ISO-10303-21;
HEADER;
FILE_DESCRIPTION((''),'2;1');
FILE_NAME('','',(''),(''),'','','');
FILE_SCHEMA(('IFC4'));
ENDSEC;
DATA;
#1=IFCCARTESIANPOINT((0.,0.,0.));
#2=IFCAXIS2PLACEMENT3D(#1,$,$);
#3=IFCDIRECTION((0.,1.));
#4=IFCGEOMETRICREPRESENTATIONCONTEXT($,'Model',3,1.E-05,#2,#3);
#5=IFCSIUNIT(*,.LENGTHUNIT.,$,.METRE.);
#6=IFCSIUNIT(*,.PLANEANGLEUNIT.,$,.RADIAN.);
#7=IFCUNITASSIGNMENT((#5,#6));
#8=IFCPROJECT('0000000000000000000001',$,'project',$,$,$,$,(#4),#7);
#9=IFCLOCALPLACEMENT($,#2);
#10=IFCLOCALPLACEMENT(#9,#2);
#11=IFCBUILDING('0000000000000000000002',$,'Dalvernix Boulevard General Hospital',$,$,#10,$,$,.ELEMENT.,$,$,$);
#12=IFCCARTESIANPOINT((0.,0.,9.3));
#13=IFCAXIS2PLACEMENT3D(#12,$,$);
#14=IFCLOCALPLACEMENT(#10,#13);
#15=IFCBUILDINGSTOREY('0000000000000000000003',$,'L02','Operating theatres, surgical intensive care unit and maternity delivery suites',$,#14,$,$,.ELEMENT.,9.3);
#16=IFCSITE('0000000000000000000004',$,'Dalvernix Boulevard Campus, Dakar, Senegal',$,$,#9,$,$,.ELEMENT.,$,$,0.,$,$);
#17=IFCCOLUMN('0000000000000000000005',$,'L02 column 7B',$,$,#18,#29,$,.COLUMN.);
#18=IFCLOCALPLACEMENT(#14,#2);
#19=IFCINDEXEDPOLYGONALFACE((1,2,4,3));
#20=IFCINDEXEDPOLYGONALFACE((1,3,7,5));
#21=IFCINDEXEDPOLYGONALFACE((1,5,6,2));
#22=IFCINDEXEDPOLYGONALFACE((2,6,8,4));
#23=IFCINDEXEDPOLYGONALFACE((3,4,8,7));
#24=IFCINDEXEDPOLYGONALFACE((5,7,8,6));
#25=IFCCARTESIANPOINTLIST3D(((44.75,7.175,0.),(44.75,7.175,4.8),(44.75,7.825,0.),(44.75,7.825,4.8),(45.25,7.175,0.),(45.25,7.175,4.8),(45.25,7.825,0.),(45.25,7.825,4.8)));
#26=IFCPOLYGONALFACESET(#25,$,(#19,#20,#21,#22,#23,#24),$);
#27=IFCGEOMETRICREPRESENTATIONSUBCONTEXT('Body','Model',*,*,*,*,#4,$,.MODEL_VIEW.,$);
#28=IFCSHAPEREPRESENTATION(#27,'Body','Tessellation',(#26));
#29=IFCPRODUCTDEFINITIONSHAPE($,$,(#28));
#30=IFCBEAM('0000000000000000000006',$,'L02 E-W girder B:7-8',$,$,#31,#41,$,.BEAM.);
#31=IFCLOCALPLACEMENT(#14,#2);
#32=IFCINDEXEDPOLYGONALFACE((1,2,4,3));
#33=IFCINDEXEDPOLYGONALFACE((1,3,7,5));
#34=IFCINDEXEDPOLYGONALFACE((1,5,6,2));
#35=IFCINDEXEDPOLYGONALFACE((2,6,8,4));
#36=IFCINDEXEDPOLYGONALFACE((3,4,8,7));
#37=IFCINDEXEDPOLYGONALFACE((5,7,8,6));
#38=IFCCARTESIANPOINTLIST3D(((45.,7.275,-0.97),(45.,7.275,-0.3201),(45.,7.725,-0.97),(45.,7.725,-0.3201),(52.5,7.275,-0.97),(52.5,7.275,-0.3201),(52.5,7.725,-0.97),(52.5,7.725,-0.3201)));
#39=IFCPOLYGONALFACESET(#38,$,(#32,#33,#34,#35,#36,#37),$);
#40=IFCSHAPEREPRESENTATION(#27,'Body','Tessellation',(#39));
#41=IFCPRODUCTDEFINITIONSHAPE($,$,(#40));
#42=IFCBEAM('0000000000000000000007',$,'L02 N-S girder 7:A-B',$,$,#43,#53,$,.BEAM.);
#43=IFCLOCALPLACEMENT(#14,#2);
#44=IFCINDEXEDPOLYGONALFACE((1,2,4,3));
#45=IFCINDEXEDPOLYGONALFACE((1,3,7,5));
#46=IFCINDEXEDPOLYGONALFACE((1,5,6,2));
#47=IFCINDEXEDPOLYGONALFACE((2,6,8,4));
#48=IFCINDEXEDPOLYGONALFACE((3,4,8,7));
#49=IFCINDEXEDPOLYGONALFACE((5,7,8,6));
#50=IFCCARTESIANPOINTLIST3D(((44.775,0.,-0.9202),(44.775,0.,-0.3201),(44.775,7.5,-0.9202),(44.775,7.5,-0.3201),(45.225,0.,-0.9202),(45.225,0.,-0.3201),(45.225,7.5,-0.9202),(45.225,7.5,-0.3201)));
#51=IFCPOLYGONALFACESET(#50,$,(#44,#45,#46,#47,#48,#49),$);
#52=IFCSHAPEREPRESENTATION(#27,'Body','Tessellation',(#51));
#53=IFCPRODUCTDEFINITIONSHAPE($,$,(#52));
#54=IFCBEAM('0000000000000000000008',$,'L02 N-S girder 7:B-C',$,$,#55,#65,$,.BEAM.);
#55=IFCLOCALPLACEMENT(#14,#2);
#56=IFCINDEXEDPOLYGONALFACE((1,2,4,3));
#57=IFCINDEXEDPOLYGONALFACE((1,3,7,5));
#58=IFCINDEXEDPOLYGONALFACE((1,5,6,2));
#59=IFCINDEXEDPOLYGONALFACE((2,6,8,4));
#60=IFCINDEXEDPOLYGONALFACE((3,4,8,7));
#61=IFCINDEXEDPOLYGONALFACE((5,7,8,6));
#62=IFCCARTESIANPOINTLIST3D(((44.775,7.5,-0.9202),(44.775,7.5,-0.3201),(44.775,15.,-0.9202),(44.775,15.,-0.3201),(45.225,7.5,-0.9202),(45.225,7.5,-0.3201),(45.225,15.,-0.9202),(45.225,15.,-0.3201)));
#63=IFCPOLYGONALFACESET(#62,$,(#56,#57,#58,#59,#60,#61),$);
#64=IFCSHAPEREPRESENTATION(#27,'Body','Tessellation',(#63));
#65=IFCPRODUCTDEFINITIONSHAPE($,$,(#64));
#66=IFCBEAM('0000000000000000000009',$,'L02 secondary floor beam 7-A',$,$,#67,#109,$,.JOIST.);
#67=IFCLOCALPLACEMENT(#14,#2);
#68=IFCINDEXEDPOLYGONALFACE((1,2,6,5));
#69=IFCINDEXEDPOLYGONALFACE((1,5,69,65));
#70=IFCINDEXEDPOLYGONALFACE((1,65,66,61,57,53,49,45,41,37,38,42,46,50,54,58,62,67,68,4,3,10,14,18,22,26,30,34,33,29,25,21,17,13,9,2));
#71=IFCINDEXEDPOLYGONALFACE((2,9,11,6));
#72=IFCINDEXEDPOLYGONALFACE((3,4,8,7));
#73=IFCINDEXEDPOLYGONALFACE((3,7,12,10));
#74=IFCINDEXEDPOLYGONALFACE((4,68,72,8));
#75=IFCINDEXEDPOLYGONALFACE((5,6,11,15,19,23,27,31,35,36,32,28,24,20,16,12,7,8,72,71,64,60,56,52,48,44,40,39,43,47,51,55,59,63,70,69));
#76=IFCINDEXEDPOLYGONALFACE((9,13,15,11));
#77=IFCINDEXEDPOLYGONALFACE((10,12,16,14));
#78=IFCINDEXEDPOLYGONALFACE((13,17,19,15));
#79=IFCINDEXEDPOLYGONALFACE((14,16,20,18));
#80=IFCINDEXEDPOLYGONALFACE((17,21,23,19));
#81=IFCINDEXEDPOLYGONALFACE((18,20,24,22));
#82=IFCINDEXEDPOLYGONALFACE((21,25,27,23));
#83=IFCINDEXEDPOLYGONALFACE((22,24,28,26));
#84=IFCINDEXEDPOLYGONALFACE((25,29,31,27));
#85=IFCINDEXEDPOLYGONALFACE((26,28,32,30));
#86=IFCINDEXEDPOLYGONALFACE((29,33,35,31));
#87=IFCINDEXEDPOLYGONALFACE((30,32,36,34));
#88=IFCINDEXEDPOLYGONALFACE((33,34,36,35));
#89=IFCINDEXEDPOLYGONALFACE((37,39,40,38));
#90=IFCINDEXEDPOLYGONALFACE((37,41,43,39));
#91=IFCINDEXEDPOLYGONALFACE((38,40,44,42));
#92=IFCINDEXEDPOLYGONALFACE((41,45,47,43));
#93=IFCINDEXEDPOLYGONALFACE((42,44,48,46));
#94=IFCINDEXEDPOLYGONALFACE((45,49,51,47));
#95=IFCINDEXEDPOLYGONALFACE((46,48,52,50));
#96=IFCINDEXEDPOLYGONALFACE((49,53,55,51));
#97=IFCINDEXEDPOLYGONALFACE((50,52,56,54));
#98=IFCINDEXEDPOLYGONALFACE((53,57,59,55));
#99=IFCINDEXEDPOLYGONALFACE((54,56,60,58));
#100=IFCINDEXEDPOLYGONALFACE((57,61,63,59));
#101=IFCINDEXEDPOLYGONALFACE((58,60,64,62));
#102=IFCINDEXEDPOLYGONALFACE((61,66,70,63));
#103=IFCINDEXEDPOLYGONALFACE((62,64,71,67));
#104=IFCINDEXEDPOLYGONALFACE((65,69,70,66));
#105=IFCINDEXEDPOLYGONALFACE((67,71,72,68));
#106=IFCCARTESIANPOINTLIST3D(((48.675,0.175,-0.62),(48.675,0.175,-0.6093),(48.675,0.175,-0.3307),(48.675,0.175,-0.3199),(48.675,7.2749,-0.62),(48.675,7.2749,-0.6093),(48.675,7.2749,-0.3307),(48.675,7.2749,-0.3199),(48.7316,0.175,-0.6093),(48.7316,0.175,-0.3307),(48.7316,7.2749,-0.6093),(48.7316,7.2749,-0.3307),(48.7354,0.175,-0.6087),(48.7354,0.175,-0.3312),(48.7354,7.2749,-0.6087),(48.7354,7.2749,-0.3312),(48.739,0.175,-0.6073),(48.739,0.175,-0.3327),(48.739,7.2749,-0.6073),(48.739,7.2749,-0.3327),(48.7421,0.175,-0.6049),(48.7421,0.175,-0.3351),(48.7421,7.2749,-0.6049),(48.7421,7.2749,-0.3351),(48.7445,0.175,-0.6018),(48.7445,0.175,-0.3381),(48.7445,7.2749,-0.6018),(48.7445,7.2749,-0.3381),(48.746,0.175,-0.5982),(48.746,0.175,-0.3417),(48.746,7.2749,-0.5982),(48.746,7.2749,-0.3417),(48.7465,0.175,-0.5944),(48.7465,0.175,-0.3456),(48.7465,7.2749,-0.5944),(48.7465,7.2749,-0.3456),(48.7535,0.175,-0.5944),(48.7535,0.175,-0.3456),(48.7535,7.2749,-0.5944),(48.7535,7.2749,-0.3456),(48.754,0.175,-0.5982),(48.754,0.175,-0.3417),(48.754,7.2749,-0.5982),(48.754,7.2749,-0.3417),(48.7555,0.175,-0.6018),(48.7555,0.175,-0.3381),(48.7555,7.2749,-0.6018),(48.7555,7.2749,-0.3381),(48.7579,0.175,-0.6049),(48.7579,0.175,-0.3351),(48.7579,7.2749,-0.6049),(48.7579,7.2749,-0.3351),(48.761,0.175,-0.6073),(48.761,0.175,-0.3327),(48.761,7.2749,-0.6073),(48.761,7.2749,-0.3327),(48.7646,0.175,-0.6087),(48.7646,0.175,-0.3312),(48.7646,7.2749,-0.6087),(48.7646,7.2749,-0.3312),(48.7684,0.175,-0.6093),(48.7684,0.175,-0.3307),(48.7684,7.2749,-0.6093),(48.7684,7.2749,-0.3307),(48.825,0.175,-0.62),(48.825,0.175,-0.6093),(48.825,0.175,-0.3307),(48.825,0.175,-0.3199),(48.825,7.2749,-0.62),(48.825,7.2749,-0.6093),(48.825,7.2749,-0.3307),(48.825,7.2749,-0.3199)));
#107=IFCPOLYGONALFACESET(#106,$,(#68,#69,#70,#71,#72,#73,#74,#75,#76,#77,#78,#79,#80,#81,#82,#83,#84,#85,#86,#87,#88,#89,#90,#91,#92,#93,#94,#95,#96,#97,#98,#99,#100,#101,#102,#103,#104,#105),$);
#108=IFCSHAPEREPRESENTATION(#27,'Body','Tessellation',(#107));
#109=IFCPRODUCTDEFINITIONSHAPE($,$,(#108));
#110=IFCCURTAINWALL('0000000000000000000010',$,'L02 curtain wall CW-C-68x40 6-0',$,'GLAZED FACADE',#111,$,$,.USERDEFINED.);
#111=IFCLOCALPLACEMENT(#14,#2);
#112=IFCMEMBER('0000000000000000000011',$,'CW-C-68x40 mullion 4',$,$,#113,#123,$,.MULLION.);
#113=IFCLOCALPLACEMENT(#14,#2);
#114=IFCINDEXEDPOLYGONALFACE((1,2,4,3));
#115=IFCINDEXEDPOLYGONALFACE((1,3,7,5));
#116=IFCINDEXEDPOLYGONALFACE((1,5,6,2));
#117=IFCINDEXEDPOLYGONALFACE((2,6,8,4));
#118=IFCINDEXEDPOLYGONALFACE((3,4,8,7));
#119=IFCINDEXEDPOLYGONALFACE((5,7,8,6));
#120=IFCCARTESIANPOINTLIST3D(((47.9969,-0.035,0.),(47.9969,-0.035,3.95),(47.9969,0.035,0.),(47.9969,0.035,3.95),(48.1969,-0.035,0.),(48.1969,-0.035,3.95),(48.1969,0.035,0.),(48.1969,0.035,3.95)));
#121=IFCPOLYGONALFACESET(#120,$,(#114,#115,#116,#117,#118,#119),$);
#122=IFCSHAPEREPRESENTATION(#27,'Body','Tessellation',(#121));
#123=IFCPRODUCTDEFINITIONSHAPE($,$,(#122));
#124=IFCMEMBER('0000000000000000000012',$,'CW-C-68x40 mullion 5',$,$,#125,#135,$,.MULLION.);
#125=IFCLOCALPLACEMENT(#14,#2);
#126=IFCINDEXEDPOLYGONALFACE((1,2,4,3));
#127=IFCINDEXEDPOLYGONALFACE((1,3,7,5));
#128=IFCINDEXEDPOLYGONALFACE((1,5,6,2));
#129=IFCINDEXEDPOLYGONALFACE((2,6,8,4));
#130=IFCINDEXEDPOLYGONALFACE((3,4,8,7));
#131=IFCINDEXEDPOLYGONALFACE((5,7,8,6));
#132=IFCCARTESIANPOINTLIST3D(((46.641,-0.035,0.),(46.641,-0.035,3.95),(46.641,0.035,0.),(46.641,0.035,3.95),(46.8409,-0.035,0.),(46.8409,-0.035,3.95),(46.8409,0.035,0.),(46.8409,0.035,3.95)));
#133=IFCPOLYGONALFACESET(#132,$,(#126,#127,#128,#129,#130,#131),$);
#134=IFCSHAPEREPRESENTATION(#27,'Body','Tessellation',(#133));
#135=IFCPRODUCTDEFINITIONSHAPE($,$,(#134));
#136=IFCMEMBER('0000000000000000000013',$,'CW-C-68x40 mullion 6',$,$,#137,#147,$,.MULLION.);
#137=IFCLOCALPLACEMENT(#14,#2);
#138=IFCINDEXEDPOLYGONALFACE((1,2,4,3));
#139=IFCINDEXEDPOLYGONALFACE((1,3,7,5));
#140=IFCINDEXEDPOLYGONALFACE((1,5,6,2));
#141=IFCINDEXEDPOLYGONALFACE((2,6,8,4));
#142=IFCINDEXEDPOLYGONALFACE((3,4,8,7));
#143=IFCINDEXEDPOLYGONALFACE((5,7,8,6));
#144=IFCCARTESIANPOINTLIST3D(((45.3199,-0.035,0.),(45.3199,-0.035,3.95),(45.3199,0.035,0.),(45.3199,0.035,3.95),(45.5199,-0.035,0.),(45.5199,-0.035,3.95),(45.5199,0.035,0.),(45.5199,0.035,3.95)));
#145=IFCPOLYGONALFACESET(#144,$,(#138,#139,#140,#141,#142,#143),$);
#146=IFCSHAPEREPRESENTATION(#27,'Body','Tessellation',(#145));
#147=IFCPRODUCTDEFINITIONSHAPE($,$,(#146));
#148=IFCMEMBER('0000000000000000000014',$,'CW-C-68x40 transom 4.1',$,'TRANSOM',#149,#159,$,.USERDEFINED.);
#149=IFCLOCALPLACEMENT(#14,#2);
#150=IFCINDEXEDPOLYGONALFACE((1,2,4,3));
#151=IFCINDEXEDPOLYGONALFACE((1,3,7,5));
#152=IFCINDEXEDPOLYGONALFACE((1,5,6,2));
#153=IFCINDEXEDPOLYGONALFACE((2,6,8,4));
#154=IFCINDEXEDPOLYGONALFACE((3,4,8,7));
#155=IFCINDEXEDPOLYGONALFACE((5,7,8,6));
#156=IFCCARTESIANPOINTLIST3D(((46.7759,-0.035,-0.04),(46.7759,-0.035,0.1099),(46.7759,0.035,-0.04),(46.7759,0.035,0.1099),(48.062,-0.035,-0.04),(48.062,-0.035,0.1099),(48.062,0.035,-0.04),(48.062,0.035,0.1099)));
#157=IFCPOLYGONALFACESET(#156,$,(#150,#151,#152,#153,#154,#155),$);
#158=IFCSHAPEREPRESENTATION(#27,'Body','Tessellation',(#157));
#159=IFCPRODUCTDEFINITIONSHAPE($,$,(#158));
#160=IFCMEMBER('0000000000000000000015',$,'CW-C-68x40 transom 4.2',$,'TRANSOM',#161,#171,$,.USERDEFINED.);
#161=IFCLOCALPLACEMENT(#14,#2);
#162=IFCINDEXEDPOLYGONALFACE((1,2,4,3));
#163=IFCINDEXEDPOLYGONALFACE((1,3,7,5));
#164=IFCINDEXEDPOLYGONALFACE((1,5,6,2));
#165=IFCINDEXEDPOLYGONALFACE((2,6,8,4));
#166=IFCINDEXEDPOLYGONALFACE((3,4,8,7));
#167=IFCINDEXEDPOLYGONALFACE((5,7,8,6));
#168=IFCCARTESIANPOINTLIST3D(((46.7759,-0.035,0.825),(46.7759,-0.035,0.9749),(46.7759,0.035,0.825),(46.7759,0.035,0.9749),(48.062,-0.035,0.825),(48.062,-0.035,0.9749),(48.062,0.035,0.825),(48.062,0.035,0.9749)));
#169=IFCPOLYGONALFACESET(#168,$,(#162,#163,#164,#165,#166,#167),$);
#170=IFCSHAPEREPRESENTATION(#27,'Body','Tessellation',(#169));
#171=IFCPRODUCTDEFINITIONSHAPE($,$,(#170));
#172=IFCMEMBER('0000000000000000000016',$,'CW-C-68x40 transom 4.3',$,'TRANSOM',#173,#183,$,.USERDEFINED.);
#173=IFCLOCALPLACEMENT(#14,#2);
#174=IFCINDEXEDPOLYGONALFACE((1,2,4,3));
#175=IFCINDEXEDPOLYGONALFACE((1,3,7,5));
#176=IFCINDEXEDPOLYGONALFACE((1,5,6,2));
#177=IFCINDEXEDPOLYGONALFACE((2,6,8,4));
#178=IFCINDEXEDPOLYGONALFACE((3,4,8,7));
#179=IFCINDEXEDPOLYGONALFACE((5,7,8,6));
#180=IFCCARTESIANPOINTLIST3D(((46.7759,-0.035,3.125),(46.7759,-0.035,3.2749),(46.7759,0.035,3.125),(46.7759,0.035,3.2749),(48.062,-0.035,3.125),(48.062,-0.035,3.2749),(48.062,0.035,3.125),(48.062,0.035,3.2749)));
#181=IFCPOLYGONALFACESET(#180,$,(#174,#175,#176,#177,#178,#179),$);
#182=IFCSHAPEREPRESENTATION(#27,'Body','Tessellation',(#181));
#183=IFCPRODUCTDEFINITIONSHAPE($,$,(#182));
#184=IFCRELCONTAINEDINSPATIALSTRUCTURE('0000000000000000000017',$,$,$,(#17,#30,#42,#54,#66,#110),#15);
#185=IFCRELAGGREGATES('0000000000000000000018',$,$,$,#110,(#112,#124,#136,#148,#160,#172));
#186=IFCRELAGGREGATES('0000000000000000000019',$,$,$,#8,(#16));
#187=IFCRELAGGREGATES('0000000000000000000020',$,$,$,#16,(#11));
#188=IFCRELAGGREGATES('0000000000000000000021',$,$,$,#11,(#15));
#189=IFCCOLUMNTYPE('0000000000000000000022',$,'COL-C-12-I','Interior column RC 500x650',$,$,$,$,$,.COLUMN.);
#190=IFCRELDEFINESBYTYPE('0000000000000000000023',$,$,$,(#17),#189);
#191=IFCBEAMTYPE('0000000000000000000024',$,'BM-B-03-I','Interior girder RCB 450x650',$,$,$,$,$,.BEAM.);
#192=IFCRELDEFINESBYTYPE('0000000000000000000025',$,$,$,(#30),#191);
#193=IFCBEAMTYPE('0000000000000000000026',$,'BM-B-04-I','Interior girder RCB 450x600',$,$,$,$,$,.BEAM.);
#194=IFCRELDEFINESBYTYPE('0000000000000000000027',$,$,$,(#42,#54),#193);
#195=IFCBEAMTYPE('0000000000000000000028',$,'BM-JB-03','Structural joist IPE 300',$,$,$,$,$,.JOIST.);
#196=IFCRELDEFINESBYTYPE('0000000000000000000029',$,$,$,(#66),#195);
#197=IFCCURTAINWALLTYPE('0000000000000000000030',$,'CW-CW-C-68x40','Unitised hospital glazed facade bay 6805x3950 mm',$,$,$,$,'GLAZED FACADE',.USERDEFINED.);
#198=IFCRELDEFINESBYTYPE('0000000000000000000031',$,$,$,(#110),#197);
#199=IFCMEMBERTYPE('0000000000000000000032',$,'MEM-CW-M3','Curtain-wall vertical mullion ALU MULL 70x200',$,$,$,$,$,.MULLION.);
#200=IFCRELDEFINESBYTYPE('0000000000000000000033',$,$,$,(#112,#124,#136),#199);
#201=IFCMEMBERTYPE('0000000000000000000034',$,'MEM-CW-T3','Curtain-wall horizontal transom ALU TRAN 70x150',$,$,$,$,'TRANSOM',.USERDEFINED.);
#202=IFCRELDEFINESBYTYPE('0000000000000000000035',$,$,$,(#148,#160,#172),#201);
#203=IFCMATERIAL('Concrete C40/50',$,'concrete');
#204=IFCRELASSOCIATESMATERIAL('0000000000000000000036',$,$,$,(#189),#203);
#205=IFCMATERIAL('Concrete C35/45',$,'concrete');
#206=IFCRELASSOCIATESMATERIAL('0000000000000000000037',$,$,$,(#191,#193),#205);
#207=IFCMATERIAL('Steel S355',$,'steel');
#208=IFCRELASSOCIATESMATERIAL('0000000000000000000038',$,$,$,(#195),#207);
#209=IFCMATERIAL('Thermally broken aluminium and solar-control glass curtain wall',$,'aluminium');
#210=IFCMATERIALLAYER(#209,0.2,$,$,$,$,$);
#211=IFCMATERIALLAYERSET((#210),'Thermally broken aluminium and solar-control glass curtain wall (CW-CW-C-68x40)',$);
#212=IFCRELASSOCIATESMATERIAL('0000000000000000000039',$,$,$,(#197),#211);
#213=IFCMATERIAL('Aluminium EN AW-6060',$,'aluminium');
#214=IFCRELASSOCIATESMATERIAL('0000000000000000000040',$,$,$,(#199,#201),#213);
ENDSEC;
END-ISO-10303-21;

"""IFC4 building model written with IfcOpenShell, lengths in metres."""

from ifc_helpers import new_model, si_unit, direction, frame, origin, origin_2d, place, context, subcontext, project, spatial, rectangle, i_section, extrude, material, layer, layer_set, material_profile, profile_set, type_object, element, aggregate, save


model = new_model("IFC4")

# Units and contexts
model_context = context("Model", 3, precision=1e-05, world=origin(), true_north=direction((0.0, 1.0)))
body_context = subcontext(model_context, "Body", "Model", "MODEL_VIEW")
ifc_project = project(units=[si_unit("LENGTHUNIT", "METRE"), si_unit("PLANEANGLEUNIT", "RADIAN")], contexts=[model_context])

# Site, building, storey
site_placement = place(None, origin())
site = spatial("IfcSite", under=ifc_project, at=site_placement, Name="Dalvernix Boulevard Campus, Dakar, Senegal", CompositionType="ELEMENT", RefElevation=0.0)
building_placement = place(site_placement, origin())
building = spatial("IfcBuilding", under=site, at=building_placement, Name="Dalvernix Boulevard General Hospital", CompositionType="ELEMENT")
storey_placement = place(building_placement, frame((0.0, 0.0, 9.3)))
storey = spatial("IfcBuildingStorey", under=building, at=storey_placement, Name="L02", Description="Operating theatres, surgical intensive care unit and maternity delivery suites", CompositionType="ELEMENT", Elevation=9.3)

# Column
ifc_material_1 = material(Name="Concrete C40/50", Category="concrete")
ifc_material_profile_1 = material_profile(ifc_material_1, rectangle(XDim=0.5, YDim=0.6499, at=origin_2d()), Name="RC 500x650")
ifc_profile_set_1 = profile_set([ifc_material_profile_1], Name="Concrete C40/50")
column_type = type_object("IfcColumnType", Name="COL-C-12-I", Description="Interior column RC 500x650", PredefinedType="COLUMN", material=ifc_profile_set_1)
column_placement = place(storey_placement, frame((45.0, 7.5, 0.0), z_axis=(0.0, 0.0, 1.0), x_axis=(1.0, 0.0, 0.0)))
element("IfcColumn", 1, at=column_placement, inside=storey, type_object=column_type, Name="L02 column 7B", PredefinedType="COLUMN", context=body_context, shape_type="SweptSolid", body=[
    extrude(rectangle(XDim=0.5, YDim=0.6499, at=origin_2d()), origin(), (0.0, 0.0, 1.0), 4.8),
])

# Beams
ifc_material_2 = material(Name="Concrete C35/45", Category="concrete")
ifc_material_profile_2 = material_profile(ifc_material_2, rectangle(XDim=0.45, YDim=0.6499, at=origin_2d()), Name="RCB 450x650")
ifc_profile_set_2 = profile_set([ifc_material_profile_2], Name="Concrete C35/45")
beam_type_1 = type_object("IfcBeamType", Name="BM-B-03-I", Description="Interior girder RCB 450x650", PredefinedType="BEAM", material=ifc_profile_set_2)
beam_1_placement = place(storey_placement, frame((45.0, 7.5, -0.645), z_axis=(1.0, 0.0, 0.0), x_axis=(0.0, 1.0, 0.0)))
element("IfcBeam", 2, at=beam_1_placement, inside=storey, type_object=beam_type_1, Name="L02 E-W girder B:7-8", PredefinedType="BEAM", context=body_context, shape_type="SweptSolid", body=[
    extrude(rectangle(XDim=0.45, YDim=0.6499, at=origin_2d()), origin(), (0.0, 0.0, 1.0), 7.5),
])
ifc_material_profile_3 = material_profile(ifc_material_2, rectangle(XDim=0.45, YDim=0.6001, at=origin_2d()), Name="RCB 450x600")
ifc_profile_set_3 = profile_set([ifc_material_profile_3], Name="Concrete C35/45")
beam_type_2 = type_object("IfcBeamType", Name="BM-B-04-I", Description="Interior girder RCB 450x600", PredefinedType="BEAM", material=ifc_profile_set_3)
for number, where, z_axis, x_axis, name in (
    (3, (45.0, 0.0, -0.6201), (0.0, 1.0, 0.0), (-1.0, 0.0, 0.0), "L02 N-S girder 7:A-B"),
    (4, (45.0, 7.5, -0.6201), (0.0, 1.0, 0.0), (-1.0, 0.0, 0.0), "L02 N-S girder 7:B-C"),
):
    element("IfcBeam", number, at=place(storey_placement, frame(where, z_axis=z_axis, x_axis=x_axis)), inside=storey, type_object=beam_type_2, Name=name, PredefinedType="BEAM", context=body_context, shape_type="SweptSolid", body=[
        extrude(rectangle(XDim=0.45, YDim=0.6001, at=origin_2d()), origin(), (0.0, 0.0, 1.0), 7.5),
    ])
ifc_material_3 = material(Name="Steel S355", Category="steel")
ifc_material_profile_4 = material_profile(ifc_material_3, i_section(OverallWidth=0.1499, OverallDepth=0.3, WebThickness=0.0071, FlangeThickness=0.0107, FilletRadius=0.0149, at=origin_2d()), Name="IPE 300")
ifc_profile_set_4 = profile_set([ifc_material_profile_4], Name="Steel S355")
beam_type_3 = type_object("IfcBeamType", Name="BM-JB-03", Description="Structural joist IPE 300", PredefinedType="JOIST", material=ifc_profile_set_4)
beam_2_placement = place(storey_placement, frame((48.75, 0.175, -0.47), z_axis=(0.0, 1.0, 0.0), x_axis=(-1.0, 0.0, 0.0)))
element("IfcBeam", 5, at=beam_2_placement, inside=storey, type_object=beam_type_3, Name="L02 secondary floor beam 7-A", PredefinedType="JOIST", context=body_context, shape_type="SweptSolid", body=[
    extrude(i_section(OverallWidth=0.1499, OverallDepth=0.3, WebThickness=0.0071, FlangeThickness=0.0107, FilletRadius=0.0149, at=origin_2d()), origin(), (0.0, 0.0, 1.0), 7.0999),
])

# Curtain wall, members
ifc_material_4 = material(Name="Thermally broken aluminium and solar-control glass curtain wall", Category="aluminium")
ifc_layer_1 = layer(ifc_material_4, 0.2)
ifc_layer_set_1 = layer_set([ifc_layer_1], Name="Thermally broken aluminium and solar-control glass curtain wall (CW-CW-C-68x40)")
curtain_wall_type = type_object("IfcCurtainWallType", Name="CW-CW-C-68x40", Description="Unitised hospital glazed facade bay 6805x3950 mm", ElementType="GLAZED FACADE", PredefinedType="USERDEFINED", material=ifc_layer_set_1)
curtain_wall_placement = place(storey_placement, origin())
curtain_wall = element("IfcCurtainWall", 6, at=curtain_wall_placement, inside=storey, type_object=curtain_wall_type, Name="L02 curtain wall CW-C-68x40 6-0", ObjectType="GLAZED FACADE", PredefinedType="USERDEFINED")
ifc_material_5 = material(Name="Aluminium EN AW-6060", Category="aluminium")
ifc_material_profile_5 = material_profile(ifc_material_5, rectangle(XDim=0.0701, YDim=0.2, at=origin_2d()), Name="ALU MULL 70x200")
ifc_profile_set_5 = profile_set([ifc_material_profile_5], Name="Aluminium EN AW-6060")
member_type_1 = type_object("IfcMemberType", Name="MEM-CW-M3", Description="Curtain-wall vertical mullion ALU MULL 70x200", PredefinedType="MULLION", material=ifc_profile_set_5)
member_1_placement = place(storey_placement, frame((48.0969, 0.0, 0.0), z_axis=(0.0, 0.0, 1.0), x_axis=(0.0, -1.0, 0.0)))
member_1 = element("IfcMember", 7, at=member_1_placement, type_object=member_type_1, Name="CW-C-68x40 mullion 4", PredefinedType="MULLION", context=body_context, shape_type="SweptSolid", body=[
    extrude(rectangle(XDim=0.0701, YDim=0.2, at=origin_2d()), origin(), (0.0, 0.0, 1.0), 3.95),
])
member_2_placement = place(storey_placement, frame((46.741, 0.0, 0.0), z_axis=(0.0, 0.0, 1.0), x_axis=(0.0, -1.0, 0.0)))
member_2 = element("IfcMember", 8, at=member_2_placement, type_object=member_type_1, Name="CW-C-68x40 mullion 5", PredefinedType="MULLION", context=body_context, shape_type="SweptSolid", body=[
    extrude(rectangle(XDim=0.0701, YDim=0.2, at=origin_2d()), origin(), (0.0, 0.0, 1.0), 3.95),
])
member_3_placement = place(storey_placement, frame((45.4199, 0.0, 0.0), z_axis=(0.0, 0.0, 1.0), x_axis=(0.0, -1.0, 0.0)))
member_3 = element("IfcMember", 9, at=member_3_placement, type_object=member_type_1, Name="CW-C-68x40 mullion 6", PredefinedType="MULLION", context=body_context, shape_type="SweptSolid", body=[
    extrude(rectangle(XDim=0.0701, YDim=0.2, at=origin_2d()), origin(), (0.0, 0.0, 1.0), 3.95),
])
ifc_material_profile_6 = material_profile(ifc_material_5, rectangle(XDim=0.0701, YDim=0.1499, at=origin_2d()), Name="ALU TRAN 70x150")
ifc_profile_set_6 = profile_set([ifc_material_profile_6], Name="Aluminium EN AW-6060")
member_type_2 = type_object("IfcMemberType", Name="MEM-CW-T3", Description="Curtain-wall horizontal transom ALU TRAN 70x150", ElementType="TRANSOM", PredefinedType="USERDEFINED", material=ifc_profile_set_6)
member_4_placement = place(storey_placement, frame((48.062, 0.0, 0.0349), z_axis=(-1.0, 0.0, 0.0), x_axis=(0.0, -1.0, 0.0)))
member_4 = element("IfcMember", 10, at=member_4_placement, type_object=member_type_2, Name="CW-C-68x40 transom 4.1", ObjectType="TRANSOM", PredefinedType="USERDEFINED", context=body_context, shape_type="SweptSolid", body=[
    extrude(rectangle(XDim=0.0701, YDim=0.1499, at=origin_2d()), origin(), (0.0, 0.0, 1.0), 1.2861),
])
member_5_placement = place(storey_placement, frame((48.062, 0.0, 0.8999), z_axis=(-1.0, 0.0, 0.0), x_axis=(0.0, -1.0, 0.0)))
member_5 = element("IfcMember", 11, at=member_5_placement, type_object=member_type_2, Name="CW-C-68x40 transom 4.2", ObjectType="TRANSOM", PredefinedType="USERDEFINED", context=body_context, shape_type="SweptSolid", body=[
    extrude(rectangle(XDim=0.0701, YDim=0.1499, at=origin_2d()), origin(), (0.0, 0.0, 1.0), 1.2861),
])
member_6_placement = place(storey_placement, frame((48.062, 0.0, 3.2), z_axis=(-1.0, 0.0, 0.0), x_axis=(0.0, -1.0, 0.0)))
member_6 = element("IfcMember", 12, at=member_6_placement, type_object=member_type_2, Name="CW-C-68x40 transom 4.3", ObjectType="TRANSOM", PredefinedType="USERDEFINED", context=body_context, shape_type="SweptSolid", body=[
    extrude(rectangle(XDim=0.0701, YDim=0.1499, at=origin_2d()), origin(), (0.0, 0.0, 1.0), 1.2861),
])
aggregate(curtain_wall, [member_1, member_2, member_3, member_4, member_5, member_6])

save(model, "model.ifc")
